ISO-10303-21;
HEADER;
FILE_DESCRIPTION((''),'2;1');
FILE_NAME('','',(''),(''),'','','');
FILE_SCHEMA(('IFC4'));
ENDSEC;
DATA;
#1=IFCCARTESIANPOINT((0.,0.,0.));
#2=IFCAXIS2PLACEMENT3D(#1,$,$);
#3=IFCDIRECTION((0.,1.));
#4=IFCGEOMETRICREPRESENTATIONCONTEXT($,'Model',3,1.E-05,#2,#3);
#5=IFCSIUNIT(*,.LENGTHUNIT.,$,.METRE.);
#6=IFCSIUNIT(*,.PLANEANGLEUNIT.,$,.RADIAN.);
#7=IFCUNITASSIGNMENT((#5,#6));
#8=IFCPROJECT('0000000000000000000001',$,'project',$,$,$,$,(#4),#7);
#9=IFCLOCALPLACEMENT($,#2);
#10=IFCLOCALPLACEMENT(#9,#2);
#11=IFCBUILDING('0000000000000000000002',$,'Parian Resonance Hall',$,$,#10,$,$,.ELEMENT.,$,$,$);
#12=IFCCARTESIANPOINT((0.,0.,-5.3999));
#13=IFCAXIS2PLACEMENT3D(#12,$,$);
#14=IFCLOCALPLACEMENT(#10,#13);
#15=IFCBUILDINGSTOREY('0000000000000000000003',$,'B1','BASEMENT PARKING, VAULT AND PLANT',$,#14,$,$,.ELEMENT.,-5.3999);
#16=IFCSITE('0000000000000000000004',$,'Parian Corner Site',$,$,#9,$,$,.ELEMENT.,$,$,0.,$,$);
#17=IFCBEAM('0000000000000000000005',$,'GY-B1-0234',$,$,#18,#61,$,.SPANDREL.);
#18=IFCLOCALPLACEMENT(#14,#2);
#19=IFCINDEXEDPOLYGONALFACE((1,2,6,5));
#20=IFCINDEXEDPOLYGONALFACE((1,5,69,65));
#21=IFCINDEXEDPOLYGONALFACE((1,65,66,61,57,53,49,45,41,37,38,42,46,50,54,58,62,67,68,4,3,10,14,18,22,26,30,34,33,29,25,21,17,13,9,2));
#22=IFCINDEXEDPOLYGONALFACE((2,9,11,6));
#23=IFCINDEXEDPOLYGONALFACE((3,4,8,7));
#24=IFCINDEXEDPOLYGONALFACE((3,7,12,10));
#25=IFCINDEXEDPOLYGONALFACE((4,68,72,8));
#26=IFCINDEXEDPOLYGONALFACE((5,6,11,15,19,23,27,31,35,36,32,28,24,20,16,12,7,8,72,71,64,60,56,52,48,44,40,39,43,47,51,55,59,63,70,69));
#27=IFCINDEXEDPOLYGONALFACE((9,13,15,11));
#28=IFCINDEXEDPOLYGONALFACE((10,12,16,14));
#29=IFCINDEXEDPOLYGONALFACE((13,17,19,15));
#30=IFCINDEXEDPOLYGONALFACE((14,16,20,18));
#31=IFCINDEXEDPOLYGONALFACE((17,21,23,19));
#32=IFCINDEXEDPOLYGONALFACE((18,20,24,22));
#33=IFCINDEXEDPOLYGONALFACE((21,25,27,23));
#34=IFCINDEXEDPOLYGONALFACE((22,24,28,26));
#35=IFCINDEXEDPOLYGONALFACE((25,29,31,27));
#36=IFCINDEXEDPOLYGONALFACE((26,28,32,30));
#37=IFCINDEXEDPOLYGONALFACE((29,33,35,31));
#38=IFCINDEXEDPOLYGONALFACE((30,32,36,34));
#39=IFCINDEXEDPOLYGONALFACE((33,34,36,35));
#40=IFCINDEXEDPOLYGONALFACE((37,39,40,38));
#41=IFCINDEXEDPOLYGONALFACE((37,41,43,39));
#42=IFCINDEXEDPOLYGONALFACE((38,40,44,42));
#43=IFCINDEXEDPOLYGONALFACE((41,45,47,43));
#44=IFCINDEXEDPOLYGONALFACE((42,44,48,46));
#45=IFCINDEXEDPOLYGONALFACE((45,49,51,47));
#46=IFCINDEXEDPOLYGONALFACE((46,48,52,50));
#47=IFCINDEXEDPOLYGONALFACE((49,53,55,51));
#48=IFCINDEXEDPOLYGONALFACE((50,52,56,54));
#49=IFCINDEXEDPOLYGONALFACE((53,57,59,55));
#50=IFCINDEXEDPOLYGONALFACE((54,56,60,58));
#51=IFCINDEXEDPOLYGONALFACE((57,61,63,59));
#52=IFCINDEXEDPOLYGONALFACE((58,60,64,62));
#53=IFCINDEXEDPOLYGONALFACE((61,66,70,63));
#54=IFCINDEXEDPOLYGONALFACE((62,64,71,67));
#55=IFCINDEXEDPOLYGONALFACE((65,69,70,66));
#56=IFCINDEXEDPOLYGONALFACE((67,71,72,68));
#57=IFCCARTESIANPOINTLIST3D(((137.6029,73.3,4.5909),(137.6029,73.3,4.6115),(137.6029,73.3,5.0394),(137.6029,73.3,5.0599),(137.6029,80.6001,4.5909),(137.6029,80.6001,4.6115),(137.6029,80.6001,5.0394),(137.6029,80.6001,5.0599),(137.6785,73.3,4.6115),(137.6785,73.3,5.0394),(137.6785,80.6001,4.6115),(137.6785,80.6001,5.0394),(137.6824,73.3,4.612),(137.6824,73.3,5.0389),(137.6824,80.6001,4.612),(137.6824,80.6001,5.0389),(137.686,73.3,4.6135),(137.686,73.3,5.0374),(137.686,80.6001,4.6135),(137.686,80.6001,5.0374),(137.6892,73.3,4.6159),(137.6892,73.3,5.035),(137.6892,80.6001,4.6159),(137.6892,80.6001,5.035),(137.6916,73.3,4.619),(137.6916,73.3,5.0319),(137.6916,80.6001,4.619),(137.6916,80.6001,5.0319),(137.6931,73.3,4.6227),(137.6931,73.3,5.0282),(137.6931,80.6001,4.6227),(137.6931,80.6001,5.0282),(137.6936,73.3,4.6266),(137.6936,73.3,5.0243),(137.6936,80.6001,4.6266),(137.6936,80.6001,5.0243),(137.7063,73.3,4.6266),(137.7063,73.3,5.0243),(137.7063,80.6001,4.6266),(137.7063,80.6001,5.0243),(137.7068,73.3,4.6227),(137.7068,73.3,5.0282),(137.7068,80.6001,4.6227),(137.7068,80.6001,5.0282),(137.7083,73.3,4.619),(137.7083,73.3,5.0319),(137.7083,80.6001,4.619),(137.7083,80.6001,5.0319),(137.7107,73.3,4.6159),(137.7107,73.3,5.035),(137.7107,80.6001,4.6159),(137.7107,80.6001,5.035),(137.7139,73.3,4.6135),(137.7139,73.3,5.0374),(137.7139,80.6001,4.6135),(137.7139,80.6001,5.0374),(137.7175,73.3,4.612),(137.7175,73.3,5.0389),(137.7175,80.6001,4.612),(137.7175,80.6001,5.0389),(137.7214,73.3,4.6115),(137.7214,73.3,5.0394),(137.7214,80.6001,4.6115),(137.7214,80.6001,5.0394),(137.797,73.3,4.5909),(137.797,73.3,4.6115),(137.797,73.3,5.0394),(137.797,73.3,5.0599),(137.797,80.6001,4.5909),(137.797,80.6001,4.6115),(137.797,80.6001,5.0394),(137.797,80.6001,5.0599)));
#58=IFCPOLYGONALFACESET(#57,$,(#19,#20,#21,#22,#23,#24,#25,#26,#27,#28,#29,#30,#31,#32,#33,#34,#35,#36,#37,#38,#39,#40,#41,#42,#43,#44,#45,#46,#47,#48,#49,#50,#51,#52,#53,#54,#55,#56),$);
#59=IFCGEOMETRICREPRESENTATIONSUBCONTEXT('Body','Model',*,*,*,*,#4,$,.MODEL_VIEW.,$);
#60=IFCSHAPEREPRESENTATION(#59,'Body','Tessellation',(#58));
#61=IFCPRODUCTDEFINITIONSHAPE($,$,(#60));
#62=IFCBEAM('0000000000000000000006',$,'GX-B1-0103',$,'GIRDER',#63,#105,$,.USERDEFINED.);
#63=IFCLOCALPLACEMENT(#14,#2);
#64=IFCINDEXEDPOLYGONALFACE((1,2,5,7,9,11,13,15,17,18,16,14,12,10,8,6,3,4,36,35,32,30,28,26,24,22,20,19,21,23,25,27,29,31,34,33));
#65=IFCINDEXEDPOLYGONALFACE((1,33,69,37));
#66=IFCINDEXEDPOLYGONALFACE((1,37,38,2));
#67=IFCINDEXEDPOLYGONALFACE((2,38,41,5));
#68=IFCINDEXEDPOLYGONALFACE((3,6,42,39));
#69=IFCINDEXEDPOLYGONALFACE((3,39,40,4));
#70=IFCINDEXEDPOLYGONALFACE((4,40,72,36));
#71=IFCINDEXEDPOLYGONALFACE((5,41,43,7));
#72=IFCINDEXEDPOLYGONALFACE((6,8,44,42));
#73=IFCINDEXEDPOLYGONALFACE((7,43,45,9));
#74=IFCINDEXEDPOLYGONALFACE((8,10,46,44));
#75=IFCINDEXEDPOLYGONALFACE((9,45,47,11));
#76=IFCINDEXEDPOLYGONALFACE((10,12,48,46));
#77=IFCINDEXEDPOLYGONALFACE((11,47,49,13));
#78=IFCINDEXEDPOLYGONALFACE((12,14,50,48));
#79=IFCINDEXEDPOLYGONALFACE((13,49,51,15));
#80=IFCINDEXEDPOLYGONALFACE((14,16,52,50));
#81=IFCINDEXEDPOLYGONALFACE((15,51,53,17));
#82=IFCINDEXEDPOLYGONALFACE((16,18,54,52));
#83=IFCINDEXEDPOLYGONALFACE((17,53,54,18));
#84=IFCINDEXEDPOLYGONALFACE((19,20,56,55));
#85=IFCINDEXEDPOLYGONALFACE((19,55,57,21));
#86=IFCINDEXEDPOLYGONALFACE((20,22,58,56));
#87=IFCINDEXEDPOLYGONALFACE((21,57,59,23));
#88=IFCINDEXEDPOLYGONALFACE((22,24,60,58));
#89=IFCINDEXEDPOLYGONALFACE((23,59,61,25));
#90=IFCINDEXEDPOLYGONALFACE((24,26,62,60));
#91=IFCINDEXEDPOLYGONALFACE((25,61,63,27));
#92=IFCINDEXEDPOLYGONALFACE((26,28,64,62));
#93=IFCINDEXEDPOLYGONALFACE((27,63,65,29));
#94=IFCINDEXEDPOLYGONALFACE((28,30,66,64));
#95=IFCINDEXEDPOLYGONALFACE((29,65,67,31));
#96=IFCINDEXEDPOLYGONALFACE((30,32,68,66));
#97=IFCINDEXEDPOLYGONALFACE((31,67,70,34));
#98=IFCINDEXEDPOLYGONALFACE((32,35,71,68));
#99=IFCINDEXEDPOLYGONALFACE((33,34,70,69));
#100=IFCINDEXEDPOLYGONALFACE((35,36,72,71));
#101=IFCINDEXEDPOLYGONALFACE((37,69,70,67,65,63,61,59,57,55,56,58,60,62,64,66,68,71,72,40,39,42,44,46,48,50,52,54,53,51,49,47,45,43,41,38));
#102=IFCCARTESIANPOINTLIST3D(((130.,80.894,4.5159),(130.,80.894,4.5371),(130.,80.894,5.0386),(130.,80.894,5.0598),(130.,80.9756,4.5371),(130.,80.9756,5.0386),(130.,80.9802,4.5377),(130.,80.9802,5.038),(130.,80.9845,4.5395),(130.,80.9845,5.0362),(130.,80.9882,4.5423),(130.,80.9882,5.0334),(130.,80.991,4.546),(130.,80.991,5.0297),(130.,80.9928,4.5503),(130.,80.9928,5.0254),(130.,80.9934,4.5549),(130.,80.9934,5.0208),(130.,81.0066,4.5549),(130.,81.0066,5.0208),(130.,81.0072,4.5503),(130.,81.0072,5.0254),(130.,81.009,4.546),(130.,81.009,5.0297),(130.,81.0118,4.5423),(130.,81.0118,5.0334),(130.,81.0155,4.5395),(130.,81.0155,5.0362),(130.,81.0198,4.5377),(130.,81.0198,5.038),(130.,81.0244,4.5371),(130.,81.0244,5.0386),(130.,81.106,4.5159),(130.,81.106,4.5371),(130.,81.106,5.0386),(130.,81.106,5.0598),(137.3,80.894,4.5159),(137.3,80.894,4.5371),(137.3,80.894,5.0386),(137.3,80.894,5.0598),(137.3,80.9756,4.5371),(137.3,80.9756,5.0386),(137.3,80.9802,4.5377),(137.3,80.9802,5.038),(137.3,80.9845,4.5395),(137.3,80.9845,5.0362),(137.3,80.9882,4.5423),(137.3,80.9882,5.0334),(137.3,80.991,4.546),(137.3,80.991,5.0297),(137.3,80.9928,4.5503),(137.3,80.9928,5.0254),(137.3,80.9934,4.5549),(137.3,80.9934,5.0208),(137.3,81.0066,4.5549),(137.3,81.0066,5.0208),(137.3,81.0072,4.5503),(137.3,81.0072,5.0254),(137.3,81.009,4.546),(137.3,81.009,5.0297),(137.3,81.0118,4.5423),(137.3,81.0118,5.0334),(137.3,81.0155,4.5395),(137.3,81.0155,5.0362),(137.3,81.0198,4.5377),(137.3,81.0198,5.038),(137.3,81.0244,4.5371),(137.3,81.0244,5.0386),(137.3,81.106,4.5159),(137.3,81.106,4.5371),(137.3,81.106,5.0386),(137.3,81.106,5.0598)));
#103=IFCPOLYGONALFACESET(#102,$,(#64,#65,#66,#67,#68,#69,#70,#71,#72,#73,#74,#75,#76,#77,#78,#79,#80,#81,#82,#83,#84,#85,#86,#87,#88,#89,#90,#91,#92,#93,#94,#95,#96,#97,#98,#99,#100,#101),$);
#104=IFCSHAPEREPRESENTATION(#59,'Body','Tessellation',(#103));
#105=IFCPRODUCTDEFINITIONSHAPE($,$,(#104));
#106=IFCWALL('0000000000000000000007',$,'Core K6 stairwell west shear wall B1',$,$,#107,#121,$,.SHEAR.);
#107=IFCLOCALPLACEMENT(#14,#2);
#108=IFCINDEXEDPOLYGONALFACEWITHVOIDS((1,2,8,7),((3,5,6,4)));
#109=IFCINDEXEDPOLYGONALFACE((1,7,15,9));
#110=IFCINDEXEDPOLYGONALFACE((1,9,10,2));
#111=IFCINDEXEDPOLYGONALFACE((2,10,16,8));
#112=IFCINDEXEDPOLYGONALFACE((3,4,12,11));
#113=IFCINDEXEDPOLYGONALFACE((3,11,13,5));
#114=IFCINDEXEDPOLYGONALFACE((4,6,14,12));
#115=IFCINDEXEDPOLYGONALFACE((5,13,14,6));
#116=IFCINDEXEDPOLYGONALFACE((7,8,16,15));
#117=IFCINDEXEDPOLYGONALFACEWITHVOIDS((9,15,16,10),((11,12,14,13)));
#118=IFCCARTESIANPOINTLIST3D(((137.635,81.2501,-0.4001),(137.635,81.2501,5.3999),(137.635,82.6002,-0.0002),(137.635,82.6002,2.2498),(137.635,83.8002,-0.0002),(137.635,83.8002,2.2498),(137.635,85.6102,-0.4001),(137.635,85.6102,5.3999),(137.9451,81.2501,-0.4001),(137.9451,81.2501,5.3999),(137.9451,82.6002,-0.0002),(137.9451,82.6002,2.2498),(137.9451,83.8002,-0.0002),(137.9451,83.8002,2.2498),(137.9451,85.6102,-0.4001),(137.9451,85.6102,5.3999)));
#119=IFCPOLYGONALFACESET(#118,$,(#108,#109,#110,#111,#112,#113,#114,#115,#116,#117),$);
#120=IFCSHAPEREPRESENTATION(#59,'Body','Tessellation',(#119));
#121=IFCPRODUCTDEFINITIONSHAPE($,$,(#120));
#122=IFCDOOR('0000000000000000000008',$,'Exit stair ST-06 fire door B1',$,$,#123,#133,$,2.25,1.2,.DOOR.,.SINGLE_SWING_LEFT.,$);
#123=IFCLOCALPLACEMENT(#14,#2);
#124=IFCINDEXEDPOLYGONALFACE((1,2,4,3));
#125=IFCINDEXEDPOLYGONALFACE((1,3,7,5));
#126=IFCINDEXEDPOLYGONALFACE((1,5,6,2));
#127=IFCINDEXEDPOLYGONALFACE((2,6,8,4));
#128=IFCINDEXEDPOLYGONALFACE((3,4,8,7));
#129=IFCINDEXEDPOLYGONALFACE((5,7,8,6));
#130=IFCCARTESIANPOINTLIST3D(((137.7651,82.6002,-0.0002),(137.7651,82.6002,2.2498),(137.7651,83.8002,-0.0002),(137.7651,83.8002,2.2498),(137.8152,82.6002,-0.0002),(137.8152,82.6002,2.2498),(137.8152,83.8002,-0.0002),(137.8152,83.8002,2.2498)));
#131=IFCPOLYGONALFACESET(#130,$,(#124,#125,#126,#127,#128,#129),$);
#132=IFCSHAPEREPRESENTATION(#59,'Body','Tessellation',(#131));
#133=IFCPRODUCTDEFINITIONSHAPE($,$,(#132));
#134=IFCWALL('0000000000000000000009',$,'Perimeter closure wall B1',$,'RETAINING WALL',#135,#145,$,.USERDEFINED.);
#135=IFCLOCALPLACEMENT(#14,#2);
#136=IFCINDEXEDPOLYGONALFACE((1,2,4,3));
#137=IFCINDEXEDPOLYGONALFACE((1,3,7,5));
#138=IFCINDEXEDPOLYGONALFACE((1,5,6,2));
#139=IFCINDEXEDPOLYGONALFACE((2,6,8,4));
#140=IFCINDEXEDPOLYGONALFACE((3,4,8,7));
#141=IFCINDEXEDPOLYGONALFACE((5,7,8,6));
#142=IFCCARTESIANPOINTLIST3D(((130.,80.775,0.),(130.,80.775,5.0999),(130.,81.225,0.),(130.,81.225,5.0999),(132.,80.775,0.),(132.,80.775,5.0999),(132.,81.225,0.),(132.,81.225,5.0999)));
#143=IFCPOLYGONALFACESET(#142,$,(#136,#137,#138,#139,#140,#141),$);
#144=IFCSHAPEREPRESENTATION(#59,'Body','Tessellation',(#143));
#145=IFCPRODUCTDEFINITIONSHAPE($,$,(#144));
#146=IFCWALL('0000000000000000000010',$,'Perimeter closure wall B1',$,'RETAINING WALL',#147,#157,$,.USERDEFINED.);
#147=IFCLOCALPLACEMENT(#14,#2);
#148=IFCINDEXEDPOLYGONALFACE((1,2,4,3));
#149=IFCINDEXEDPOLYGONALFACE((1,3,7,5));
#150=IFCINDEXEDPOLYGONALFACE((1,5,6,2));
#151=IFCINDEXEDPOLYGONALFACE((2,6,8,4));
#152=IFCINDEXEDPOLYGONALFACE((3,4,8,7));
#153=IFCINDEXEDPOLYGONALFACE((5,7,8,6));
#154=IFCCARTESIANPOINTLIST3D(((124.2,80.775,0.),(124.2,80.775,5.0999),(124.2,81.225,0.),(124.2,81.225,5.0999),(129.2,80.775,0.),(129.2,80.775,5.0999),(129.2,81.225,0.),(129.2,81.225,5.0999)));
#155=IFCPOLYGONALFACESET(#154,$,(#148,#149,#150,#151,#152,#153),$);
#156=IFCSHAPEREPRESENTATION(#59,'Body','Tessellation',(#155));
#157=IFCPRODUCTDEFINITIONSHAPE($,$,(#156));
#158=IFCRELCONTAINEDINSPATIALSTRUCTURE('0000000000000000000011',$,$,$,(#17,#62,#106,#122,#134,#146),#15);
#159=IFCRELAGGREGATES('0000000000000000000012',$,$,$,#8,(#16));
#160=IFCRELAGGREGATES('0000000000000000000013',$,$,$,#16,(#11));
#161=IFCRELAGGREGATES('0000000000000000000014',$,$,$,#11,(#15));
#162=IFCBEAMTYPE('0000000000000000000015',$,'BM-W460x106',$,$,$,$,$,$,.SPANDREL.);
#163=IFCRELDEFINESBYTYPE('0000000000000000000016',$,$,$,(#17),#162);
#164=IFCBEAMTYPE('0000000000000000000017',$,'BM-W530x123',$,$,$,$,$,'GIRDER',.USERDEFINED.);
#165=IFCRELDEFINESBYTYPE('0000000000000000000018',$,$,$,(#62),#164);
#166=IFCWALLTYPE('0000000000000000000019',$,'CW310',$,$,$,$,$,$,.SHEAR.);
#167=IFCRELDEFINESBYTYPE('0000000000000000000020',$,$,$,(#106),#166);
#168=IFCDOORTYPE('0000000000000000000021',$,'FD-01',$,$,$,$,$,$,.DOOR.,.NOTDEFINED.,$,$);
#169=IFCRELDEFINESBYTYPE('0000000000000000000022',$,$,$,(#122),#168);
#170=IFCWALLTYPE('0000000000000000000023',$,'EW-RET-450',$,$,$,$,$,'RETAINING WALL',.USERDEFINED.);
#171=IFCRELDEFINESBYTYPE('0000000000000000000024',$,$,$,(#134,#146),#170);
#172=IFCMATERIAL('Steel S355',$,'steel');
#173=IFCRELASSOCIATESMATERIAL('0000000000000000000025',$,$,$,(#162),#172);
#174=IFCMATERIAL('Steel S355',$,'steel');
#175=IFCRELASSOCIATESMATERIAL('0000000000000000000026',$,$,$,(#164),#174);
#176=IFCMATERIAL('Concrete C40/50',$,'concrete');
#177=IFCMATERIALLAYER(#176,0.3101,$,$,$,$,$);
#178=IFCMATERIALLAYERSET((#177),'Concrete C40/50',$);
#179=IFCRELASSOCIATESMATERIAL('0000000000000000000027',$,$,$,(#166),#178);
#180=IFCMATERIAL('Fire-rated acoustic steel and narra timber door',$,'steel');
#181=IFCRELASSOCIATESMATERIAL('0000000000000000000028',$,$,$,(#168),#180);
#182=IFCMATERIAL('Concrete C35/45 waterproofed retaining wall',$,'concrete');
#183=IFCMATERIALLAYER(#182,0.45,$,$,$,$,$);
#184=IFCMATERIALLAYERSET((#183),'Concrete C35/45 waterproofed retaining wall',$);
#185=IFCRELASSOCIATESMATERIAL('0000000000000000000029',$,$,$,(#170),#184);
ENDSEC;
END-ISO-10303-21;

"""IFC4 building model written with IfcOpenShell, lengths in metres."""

from ifc_helpers import new_model, si_unit, direction, frame, frame_2d, origin, origin_2d, place, context, subcontext, project, spatial, rectangle, i_section, extrude, material, layer, layer_set, material_profile, profile_set, type_object, element, fill, save


model = new_model("IFC4")

# Units and contexts
model_context = context("Model", 3, precision=1e-05, world=origin(), true_north=direction((0.0, 1.0)))
body_context = subcontext(model_context, "Body", "Model", "MODEL_VIEW")
ifc_project = project(units=[si_unit("LENGTHUNIT", "METRE"), si_unit("PLANEANGLEUNIT", "RADIAN")], contexts=[model_context])

# Site, building, storey
site_placement = place(None, origin())
site = spatial("IfcSite", under=ifc_project, at=site_placement, Name="Parian Corner Site", CompositionType="ELEMENT", RefElevation=0.0)
building_placement = place(site_placement, origin())
building = spatial("IfcBuilding", under=site, at=building_placement, Name="Parian Resonance Hall", CompositionType="ELEMENT")
storey_placement = place(building_placement, frame((0.0, 0.0, -5.3999)))
storey = spatial("IfcBuildingStorey", under=building, at=storey_placement, Name="B1", Description="BASEMENT PARKING, VAULT AND PLANT", CompositionType="ELEMENT", Elevation=-5.3999)

# Beams
ifc_material_1 = material(Name="Steel S355", Category="steel")
ifc_material_profile_1 = material_profile(ifc_material_1, i_section(OverallWidth=0.1941, OverallDepth=0.469, WebThickness=0.0127, FlangeThickness=0.0205, FilletRadius=0.0151, at=origin_2d()), Name="W460x106")
ifc_profile_set_1 = profile_set([ifc_material_profile_1], Name="Steel S355")
beam_type_1 = type_object("IfcBeamType", Name="BM-W460x106", PredefinedType="SPANDREL", material=ifc_profile_set_1)
for number, where, z_axis, x_axis, name in (
    (1, (137.7, 73.3, 4.8254), (0.0, 1.0, 0.0), (-1.0, 0.0, 0.0), "GY-B1-0234"),
):
    element("IfcBeam", number, at=place(storey_placement, frame(where, z_axis=z_axis, x_axis=x_axis)), inside=storey, type_object=beam_type_1, Name=name, PredefinedType="SPANDREL", context=body_context, shape_type="SweptSolid", body=[
        extrude(i_section(OverallWidth=0.1941, OverallDepth=0.469, WebThickness=0.0127, FlangeThickness=0.0205, FilletRadius=0.0151, at=origin_2d()), origin(), (0.0, 0.0, 1.0), 7.3),
    ])
ifc_material_2 = material(Name="Steel S355", Category="steel")
ifc_material_profile_2 = material_profile(ifc_material_2, i_section(OverallWidth=0.2119, OverallDepth=0.5439, WebThickness=0.0132, FlangeThickness=0.0212, FilletRadius=0.0178, at=origin_2d()), Name="W530x123")
ifc_profile_set_2 = profile_set([ifc_material_profile_2], Name="Steel S355")
beam_type_2 = type_object("IfcBeamType", Name="BM-W530x123", ElementType="GIRDER", PredefinedType="USERDEFINED", material=ifc_profile_set_2)
beam_1_placement = place(storey_placement, frame((130.0, 81.0, 4.7878), z_axis=(1.0, 0.0, 0.0), x_axis=(0.0, 1.0, 0.0)))
element("IfcBeam", 2, at=beam_1_placement, inside=storey, type_object=beam_type_2, Name="GX-B1-0103", ObjectType="GIRDER", PredefinedType="USERDEFINED", context=body_context, shape_type="SweptSolid", body=[
    extrude(i_section(OverallWidth=0.2119, OverallDepth=0.5439, WebThickness=0.0132, FlangeThickness=0.0212, FilletRadius=0.0178, at=origin_2d()), origin(), (0.0, 0.0, 1.0), 7.3),
])

# Wall, opening, door
ifc_material_3 = material(Name="Concrete C40/50", Category="concrete")
ifc_layer_1 = layer(ifc_material_3, 0.3101)
ifc_layer_set_1 = layer_set([ifc_layer_1], Name="Concrete C40/50")
wall_type_1 = type_object("IfcWallType", Name="CW310", PredefinedType="SHEAR", material=ifc_layer_set_1)
wall_1_placement = place(storey_placement, frame((137.79, 81.25, -0.4001), z_axis=(0.0, 0.0, 1.0), x_axis=(0.0, 1.0, 0.0)))
wall_1 = element("IfcWall", 3, at=wall_1_placement, inside=storey, type_object=wall_type_1, Name="Core K6 stairwell west shear wall B1", PredefinedType="SHEAR", context=body_context, shape_type="SweptSolid", body=[
    extrude(rectangle(XDim=4.3601, YDim=0.3101, at=frame_2d((2.1802, 0.0))), origin(), (0.0, 0.0, 1.0), 5.8),
])
opening_placement = place(wall_1_placement, frame((1.3501, 0.0, 0.3999)))
opening = element("IfcOpeningElement", 4, at=opening_placement, cuts=wall_1, PredefinedType="OPENING", context=body_context, shape_type="SweptSolid", body=[
    extrude(rectangle(XDim=1.2, YDim=2.25, at=frame_2d((0.6001, 1.125))), frame((0.0, 0.165, 0.0), z_axis=(0.0, -1.0, 0.0), x_axis=(1.0, 0.0, 0.0)), (0.0, 0.0, 1.0), 0.3301),
])
ifc_material_4 = material(Name="Fire-rated acoustic steel and narra timber door", Category="steel")
door_type = type_object("IfcDoorType", Name="FD-01", OperationType="NOTDEFINED", PredefinedType="DOOR", material=ifc_material_4)
door_placement = place(opening_placement, origin())
door = element("IfcDoor", 5, at=door_placement, inside=storey, type_object=door_type, Name="Exit stair ST-06 fire door B1", OperationType="SINGLE_SWING_LEFT", OverallHeight=2.25, OverallWidth=1.2, PredefinedType="DOOR", context=body_context, shape_type="SweptSolid", body=[
    extrude(rectangle(XDim=1.2, YDim=2.25, at=frame_2d((0.6001, 1.125))), frame((0.0, 0.0249, 0.0), z_axis=(0.0, -1.0, 0.0), x_axis=(1.0, 0.0, 0.0)), (0.0, 0.0, 1.0), 0.05),
])
fill(opening, door)

# Walls
ifc_material_5 = material(Name="Concrete C35/45 waterproofed retaining wall", Category="concrete")
ifc_layer_2 = layer(ifc_material_5, 0.45)
ifc_layer_set_2 = layer_set([ifc_layer_2], Name="Concrete C35/45 waterproofed retaining wall")
wall_type_2 = type_object("IfcWallType", Name="EW-RET-450", ElementType="RETAINING WALL", PredefinedType="USERDEFINED", material=ifc_layer_set_2)
wall_2_placement = place(storey_placement, frame((132.0, 81.0, 0.0), z_axis=(0.0, 0.0, 1.0), x_axis=(-1.0, 0.0, 0.0)))
element("IfcWall", 6, at=wall_2_placement, inside=storey, type_object=wall_type_2, Name="Perimeter closure wall B1", ObjectType="RETAINING WALL", PredefinedType="USERDEFINED", context=body_context, shape_type="SweptSolid", body=[
    extrude(rectangle(XDim=2.0, YDim=0.45, at=frame_2d((1.0, 0.0))), origin(), (0.0, 0.0, 1.0), 5.0999),
])
wall_3_placement = place(storey_placement, frame((129.2, 81.0, 0.0), z_axis=(0.0, 0.0, 1.0), x_axis=(-1.0, 0.0, 0.0)))
element("IfcWall", 7, at=wall_3_placement, inside=storey, type_object=wall_type_2, Name="Perimeter closure wall B1", ObjectType="RETAINING WALL", PredefinedType="USERDEFINED", context=body_context, shape_type="SweptSolid", body=[
    extrude(rectangle(XDim=5.0, YDim=0.45, at=frame_2d((2.5, 0.0))), origin(), (0.0, 0.0, 1.0), 5.0999),
])

save(model, "model.ifc")
